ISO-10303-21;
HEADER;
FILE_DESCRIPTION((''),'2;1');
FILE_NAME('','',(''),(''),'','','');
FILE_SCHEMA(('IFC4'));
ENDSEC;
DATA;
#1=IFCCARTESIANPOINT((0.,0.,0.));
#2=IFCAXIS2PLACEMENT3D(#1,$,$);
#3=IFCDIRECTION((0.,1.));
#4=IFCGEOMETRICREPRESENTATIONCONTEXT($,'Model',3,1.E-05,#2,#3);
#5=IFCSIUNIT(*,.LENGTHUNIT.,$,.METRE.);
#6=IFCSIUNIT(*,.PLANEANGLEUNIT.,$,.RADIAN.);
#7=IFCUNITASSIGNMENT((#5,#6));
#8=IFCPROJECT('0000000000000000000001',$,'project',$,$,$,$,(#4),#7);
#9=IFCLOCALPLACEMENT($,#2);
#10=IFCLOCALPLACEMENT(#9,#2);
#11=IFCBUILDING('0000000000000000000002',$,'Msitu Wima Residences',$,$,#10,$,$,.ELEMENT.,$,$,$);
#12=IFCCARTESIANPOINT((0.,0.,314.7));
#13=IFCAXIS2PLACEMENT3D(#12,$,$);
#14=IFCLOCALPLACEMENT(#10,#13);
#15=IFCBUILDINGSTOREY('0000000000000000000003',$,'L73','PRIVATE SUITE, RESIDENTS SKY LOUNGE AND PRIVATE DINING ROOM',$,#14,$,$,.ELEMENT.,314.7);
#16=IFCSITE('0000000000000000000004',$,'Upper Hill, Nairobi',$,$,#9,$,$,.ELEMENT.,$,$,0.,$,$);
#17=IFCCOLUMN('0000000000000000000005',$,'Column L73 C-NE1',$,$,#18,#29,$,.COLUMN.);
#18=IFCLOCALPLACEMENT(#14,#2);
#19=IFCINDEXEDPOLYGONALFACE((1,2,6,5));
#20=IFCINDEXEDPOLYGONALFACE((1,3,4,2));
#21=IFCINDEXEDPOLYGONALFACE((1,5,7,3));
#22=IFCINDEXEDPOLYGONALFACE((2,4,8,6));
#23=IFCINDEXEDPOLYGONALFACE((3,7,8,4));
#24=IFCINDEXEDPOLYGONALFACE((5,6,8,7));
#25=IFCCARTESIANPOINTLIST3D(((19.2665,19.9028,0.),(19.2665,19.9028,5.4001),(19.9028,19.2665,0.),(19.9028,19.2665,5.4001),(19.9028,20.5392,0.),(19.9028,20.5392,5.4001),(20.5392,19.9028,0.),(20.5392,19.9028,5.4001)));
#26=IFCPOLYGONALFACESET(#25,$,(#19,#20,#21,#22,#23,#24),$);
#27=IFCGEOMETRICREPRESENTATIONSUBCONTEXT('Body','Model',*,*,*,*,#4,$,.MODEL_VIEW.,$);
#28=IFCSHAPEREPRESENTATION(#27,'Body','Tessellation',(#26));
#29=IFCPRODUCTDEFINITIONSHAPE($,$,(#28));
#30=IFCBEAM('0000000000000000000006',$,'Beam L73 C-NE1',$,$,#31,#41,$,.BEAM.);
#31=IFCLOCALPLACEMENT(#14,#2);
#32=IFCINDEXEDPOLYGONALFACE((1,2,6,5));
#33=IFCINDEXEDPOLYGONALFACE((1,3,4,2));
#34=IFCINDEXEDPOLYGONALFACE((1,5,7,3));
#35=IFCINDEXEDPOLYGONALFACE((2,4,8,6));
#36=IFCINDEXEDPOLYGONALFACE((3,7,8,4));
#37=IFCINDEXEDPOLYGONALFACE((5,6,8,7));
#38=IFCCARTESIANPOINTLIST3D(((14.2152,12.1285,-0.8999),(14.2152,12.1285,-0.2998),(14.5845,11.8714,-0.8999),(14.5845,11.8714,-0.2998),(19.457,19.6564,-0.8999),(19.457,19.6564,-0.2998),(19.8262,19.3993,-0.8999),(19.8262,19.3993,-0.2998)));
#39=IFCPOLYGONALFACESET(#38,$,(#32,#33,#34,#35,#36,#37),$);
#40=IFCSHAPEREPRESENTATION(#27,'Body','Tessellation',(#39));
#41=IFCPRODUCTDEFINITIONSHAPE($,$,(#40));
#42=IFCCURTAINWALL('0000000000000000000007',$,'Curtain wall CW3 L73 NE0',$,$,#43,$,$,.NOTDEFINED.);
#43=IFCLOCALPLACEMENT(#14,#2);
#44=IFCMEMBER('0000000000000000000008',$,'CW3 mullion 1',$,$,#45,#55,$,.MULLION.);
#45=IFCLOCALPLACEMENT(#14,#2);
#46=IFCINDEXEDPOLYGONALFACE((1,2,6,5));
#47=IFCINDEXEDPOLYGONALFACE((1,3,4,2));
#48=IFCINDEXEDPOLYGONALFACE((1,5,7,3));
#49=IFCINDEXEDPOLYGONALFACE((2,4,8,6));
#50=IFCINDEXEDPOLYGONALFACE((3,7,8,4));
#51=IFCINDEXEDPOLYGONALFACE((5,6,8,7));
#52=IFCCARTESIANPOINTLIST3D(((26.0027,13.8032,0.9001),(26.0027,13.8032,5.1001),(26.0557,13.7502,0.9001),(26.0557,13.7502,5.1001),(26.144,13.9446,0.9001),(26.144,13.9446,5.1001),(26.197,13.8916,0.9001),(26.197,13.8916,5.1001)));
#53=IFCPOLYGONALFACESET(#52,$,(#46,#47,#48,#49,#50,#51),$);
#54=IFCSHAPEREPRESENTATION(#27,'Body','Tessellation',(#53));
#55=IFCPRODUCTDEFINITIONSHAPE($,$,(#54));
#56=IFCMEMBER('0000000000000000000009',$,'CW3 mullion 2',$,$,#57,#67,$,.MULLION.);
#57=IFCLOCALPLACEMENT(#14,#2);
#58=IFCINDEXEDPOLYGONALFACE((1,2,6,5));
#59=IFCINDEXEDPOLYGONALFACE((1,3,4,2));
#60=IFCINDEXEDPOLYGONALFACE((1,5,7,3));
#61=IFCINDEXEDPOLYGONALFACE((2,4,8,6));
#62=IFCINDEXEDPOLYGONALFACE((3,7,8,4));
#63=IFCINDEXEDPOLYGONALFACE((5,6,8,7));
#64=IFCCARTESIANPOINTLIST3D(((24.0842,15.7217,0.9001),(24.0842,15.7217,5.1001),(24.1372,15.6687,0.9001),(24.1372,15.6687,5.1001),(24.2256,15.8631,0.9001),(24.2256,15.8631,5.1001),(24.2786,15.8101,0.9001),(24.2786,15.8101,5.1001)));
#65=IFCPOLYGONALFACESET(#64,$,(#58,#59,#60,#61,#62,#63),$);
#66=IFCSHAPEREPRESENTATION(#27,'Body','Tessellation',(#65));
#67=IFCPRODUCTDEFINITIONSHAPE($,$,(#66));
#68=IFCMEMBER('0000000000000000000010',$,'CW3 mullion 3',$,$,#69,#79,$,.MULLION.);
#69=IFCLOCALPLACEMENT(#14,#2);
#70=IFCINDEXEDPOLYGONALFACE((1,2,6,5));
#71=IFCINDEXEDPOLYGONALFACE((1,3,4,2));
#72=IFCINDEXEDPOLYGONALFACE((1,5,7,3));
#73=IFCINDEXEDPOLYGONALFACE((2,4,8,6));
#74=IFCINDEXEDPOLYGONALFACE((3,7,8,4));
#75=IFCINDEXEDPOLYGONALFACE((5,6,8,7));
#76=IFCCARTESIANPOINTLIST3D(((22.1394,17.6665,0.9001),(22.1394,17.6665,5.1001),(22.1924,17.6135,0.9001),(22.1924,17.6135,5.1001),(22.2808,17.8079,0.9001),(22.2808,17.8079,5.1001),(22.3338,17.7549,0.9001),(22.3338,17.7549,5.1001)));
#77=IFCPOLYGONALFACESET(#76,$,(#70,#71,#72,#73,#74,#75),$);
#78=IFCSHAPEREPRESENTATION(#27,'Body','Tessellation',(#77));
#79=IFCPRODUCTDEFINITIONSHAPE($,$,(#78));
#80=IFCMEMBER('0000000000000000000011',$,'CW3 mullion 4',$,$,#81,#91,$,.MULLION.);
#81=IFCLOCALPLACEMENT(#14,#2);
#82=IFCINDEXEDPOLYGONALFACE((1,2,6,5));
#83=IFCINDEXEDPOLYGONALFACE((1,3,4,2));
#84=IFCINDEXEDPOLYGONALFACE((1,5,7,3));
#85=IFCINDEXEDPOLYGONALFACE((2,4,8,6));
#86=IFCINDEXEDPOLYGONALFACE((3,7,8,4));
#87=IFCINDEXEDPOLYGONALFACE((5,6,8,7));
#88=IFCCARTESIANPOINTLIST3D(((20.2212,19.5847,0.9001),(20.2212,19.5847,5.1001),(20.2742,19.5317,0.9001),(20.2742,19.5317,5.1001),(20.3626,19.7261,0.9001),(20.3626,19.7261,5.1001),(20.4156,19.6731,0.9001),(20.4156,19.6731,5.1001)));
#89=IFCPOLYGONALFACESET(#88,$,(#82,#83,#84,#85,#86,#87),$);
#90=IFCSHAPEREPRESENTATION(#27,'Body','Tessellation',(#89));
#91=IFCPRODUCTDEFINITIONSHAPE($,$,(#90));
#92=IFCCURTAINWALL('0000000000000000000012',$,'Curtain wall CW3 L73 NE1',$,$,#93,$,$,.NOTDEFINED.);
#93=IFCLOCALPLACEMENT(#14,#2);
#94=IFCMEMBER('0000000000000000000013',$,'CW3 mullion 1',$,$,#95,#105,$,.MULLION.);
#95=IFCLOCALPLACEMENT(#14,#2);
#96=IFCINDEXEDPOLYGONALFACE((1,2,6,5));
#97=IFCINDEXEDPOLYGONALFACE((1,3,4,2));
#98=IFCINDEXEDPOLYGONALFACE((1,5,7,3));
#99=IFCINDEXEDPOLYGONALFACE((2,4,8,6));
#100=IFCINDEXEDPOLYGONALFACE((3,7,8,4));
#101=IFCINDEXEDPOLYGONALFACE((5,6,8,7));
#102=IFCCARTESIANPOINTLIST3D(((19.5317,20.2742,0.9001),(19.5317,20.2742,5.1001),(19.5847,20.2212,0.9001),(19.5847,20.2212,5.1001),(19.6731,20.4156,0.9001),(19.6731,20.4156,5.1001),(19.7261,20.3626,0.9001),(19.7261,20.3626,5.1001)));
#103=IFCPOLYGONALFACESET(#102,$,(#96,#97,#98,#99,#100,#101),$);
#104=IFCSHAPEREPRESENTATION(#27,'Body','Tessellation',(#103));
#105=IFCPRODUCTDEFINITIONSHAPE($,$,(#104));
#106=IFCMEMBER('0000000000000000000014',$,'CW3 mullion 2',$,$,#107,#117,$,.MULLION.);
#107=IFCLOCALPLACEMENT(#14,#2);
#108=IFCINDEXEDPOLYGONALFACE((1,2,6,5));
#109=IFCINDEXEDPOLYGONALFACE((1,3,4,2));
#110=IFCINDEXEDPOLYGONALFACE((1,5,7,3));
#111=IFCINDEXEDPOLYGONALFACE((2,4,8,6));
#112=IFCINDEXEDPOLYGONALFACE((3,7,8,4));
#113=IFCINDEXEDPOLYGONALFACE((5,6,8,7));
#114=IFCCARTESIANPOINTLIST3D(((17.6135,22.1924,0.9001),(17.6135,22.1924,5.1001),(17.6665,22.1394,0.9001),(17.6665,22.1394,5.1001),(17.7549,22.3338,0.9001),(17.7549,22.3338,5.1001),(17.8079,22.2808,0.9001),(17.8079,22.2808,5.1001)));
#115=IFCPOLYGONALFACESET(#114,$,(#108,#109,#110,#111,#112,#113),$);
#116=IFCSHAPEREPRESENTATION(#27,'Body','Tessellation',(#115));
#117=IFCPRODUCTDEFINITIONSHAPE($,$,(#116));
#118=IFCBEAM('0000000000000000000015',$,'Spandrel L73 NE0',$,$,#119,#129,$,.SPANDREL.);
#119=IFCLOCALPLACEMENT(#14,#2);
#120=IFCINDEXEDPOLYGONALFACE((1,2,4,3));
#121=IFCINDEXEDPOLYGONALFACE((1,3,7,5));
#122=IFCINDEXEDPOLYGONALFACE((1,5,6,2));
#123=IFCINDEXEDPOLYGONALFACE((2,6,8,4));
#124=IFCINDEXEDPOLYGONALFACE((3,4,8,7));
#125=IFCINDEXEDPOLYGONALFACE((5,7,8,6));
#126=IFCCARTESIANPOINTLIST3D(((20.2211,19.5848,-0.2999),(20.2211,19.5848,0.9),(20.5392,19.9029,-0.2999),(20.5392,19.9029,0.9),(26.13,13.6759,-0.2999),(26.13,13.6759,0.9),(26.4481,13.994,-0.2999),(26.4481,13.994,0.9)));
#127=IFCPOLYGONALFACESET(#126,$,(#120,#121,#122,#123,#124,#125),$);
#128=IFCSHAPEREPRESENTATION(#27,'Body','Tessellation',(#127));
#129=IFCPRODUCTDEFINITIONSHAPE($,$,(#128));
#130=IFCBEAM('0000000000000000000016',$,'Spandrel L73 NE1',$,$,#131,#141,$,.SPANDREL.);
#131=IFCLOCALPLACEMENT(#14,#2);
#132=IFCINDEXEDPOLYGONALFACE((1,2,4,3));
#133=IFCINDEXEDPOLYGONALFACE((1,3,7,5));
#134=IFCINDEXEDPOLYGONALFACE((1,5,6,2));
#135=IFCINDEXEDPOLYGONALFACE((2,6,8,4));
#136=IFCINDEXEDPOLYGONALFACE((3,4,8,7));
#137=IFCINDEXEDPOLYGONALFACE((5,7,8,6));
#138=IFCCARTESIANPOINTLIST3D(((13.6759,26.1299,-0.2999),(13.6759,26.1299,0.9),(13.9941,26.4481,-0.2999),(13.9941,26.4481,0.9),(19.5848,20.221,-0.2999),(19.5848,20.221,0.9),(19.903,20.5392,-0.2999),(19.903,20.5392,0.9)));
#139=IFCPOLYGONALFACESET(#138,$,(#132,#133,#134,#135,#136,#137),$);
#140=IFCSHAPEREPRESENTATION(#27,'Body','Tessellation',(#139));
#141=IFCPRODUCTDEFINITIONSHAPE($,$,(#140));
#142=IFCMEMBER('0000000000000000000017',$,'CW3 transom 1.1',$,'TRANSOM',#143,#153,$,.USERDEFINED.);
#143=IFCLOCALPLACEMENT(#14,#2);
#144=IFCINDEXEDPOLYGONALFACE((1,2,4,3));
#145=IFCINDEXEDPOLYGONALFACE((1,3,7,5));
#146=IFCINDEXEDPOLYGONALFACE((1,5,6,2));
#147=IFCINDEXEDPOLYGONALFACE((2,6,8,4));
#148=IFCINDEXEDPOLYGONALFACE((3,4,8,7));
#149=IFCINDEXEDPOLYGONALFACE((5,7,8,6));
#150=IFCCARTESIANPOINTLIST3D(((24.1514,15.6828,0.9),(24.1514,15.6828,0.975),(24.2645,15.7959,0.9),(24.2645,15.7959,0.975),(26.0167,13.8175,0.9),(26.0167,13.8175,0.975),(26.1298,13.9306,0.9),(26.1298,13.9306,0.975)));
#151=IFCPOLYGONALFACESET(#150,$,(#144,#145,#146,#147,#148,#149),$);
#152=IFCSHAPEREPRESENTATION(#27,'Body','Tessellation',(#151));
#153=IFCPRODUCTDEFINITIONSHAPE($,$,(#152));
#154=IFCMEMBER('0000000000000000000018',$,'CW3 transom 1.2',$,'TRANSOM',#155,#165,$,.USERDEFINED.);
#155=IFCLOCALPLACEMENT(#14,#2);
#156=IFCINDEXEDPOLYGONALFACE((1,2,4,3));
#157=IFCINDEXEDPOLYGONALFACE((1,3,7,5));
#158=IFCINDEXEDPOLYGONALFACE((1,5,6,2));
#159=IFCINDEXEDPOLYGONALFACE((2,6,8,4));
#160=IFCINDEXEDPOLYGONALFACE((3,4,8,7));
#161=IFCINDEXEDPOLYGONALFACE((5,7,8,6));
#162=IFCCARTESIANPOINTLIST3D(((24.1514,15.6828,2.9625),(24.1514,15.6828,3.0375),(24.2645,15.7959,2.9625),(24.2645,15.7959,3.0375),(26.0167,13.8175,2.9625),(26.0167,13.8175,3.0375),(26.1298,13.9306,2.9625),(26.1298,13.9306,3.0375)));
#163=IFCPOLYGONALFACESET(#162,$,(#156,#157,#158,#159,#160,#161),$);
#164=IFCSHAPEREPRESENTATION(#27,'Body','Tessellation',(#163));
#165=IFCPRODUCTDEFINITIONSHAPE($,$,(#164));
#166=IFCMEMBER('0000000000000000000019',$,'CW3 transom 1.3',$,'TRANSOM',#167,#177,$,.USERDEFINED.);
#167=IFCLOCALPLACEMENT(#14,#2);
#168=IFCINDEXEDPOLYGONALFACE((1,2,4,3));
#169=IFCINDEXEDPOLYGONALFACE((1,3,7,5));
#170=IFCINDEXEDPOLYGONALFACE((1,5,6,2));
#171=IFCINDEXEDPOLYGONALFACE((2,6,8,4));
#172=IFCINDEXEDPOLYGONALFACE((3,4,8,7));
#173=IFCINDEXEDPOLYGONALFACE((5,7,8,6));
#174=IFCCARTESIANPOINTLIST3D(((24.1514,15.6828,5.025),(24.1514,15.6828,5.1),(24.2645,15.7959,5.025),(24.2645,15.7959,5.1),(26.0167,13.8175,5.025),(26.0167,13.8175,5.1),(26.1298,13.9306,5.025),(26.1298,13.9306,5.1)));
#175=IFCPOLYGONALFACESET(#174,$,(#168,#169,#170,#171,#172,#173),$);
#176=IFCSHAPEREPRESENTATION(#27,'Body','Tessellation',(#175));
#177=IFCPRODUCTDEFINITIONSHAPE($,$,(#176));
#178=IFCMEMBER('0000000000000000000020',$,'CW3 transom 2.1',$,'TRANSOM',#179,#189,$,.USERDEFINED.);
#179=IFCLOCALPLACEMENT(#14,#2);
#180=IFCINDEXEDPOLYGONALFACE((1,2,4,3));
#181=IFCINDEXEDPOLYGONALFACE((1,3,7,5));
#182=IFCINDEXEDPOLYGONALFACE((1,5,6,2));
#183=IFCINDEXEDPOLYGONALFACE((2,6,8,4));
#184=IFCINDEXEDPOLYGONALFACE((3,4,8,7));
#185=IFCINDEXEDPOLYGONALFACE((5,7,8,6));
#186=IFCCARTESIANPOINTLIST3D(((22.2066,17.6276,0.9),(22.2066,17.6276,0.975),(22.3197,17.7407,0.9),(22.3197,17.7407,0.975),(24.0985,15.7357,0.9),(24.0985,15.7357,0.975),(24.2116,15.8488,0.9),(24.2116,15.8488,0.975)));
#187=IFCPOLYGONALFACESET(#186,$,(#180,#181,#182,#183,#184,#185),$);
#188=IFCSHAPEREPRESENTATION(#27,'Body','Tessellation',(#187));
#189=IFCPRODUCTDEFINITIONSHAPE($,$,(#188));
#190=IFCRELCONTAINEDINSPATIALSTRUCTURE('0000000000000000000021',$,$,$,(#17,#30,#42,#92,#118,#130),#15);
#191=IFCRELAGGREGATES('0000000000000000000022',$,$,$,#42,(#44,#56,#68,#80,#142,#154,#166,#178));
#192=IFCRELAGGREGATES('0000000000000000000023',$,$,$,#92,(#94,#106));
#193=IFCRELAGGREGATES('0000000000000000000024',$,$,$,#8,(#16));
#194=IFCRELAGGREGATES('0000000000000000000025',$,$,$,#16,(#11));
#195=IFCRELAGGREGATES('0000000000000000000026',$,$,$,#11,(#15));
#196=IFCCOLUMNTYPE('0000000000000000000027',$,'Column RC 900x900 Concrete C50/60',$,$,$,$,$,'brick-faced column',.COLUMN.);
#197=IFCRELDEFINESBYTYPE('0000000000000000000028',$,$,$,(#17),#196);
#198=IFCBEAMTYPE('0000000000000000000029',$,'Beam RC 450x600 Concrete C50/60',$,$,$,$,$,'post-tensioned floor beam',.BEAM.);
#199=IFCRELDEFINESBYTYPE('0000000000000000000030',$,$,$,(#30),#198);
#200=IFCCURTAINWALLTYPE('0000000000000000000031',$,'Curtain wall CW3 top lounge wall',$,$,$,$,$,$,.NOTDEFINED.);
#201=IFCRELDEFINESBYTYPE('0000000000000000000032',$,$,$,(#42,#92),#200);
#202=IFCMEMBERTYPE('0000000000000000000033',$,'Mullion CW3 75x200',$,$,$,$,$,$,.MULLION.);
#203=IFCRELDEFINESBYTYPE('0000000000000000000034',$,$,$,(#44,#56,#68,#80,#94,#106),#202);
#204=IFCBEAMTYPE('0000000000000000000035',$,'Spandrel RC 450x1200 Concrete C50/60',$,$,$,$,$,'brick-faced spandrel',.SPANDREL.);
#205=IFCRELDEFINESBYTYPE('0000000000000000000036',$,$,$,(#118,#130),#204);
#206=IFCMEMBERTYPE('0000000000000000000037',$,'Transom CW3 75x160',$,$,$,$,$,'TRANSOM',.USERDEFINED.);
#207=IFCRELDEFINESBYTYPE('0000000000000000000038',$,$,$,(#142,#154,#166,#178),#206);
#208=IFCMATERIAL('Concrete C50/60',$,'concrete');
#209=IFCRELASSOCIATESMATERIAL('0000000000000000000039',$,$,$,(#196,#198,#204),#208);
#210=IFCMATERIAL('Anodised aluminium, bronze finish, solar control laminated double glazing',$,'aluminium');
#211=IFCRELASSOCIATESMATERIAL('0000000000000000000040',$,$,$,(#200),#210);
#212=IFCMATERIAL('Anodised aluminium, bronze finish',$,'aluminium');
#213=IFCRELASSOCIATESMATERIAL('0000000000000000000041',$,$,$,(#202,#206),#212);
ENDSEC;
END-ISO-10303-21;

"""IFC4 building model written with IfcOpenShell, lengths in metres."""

from ifc_helpers import new_model, si_unit, direction, frame, origin, origin_2d, place, context, subcontext, project, spatial, rectangle, extrude, material, material_profile, profile_set, type_object, element, aggregate, save


model = new_model("IFC4")

# Units and contexts
model_context = context("Model", 3, precision=1e-05, world=origin(), true_north=direction((0.0, 1.0)))
body_context = subcontext(model_context, "Body", "Model", "MODEL_VIEW")
ifc_project = project(units=[si_unit("LENGTHUNIT", "METRE"), si_unit("PLANEANGLEUNIT", "RADIAN")], contexts=[model_context])

# Site, building, storey
site_placement = place(None, origin())
site = spatial("IfcSite", under=ifc_project, at=site_placement, Name="Upper Hill, Nairobi", CompositionType="ELEMENT", RefElevation=0.0)
building_placement = place(site_placement, origin())
building = spatial("IfcBuilding", under=site, at=building_placement, Name="Msitu Wima Residences", CompositionType="ELEMENT")
storey_placement = place(building_placement, frame((0.0, 0.0, 314.7)))
storey = spatial("IfcBuildingStorey", under=building, at=storey_placement, Name="L73", Description="PRIVATE SUITE, RESIDENTS SKY LOUNGE AND PRIVATE DINING ROOM", CompositionType="ELEMENT", Elevation=314.7)

# Column
ifc_material_1 = material(Name="Concrete C50/60", Category="concrete")
ifc_material_profile_1 = material_profile(ifc_material_1, rectangle(XDim=0.8999, YDim=0.8999, at=origin_2d()), Name="RC 900x900")
ifc_profile_set_1 = profile_set([ifc_material_profile_1], Name="Concrete C50/60")
column_type = type_object("IfcColumnType", Name="Column RC 900x900 Concrete C50/60", ElementType="brick-faced column", PredefinedType="COLUMN", material=ifc_profile_set_1)
column_placement = place(storey_placement, frame((19.9028, 19.9028, 0.0), z_axis=(0.0, 0.0, 1.0), x_axis=(-0.707107, 0.707107, 0.0)))
element("IfcColumn", 1, at=column_placement, inside=storey, type_object=column_type, Name="Column L73 C-NE1", PredefinedType="COLUMN", context=body_context, shape_type="SweptSolid", body=[
    extrude(rectangle(XDim=0.8999, YDim=0.8999, at=origin_2d()), origin(), (0.0, 0.0, 1.0), 5.4001),
])

# Beam
ifc_material_profile_2 = material_profile(ifc_material_1, rectangle(XDim=0.45, YDim=0.6001, at=origin_2d()), Name="RC 450x600")
ifc_profile_set_2 = profile_set([ifc_material_profile_2], Name="Concrete C50/60")
beam_type_1 = type_object("IfcBeamType", Name="Beam RC 450x600 Concrete C50/60", ElementType="post-tensioned floor beam", PredefinedType="BEAM", material=ifc_profile_set_2)
beam_placement = place(storey_placement, frame((19.6416, 19.5278, -0.5999), z_axis=(-0.571428, -0.820652, 0.0), x_axis=(0.820652, -0.571428, 0.0)))
element("IfcBeam", 2, at=beam_placement, inside=storey, type_object=beam_type_1, Name="Beam L73 C-NE1", PredefinedType="BEAM", context=body_context, shape_type="SweptSolid", body=[
    extrude(rectangle(XDim=0.45, YDim=0.6001, at=origin_2d()), origin(), (0.0, 0.0, 1.0), 9.1731),
])

# Curtain walls, members
ifc_material_2 = material(Name="Anodised aluminium, bronze finish, solar control laminated double glazing", Category="aluminium")
curtain_wall_type = type_object("IfcCurtainWallType", Name="Curtain wall CW3 top lounge wall", PredefinedType="NOTDEFINED", material=ifc_material_2)
curtain_wall_1_placement = place(storey_placement, origin())
curtain_wall_1 = element("IfcCurtainWall", 3, at=curtain_wall_1_placement, inside=storey, type_object=curtain_wall_type, Name="Curtain wall CW3 L73 NE0", PredefinedType="NOTDEFINED")
ifc_material_3 = material(Name="Anodised aluminium, bronze finish", Category="aluminium")
ifc_material_profile_3 = material_profile(ifc_material_3, rectangle(XDim=0.2, YDim=0.075, at=origin_2d()), Name="Mullion 75x200")
ifc_profile_set_3 = profile_set([ifc_material_profile_3], Name="Anodised aluminium, bronze finish")
member_type_1 = type_object("IfcMemberType", Name="Mullion CW3 75x200", PredefinedType="MULLION", material=ifc_profile_set_3)
member_1_placement = place(storey_placement, frame((26.0999, 13.8474, 0.9001), z_axis=(0.0, 0.0, 1.0), x_axis=(-0.707107, -0.707107, 0.0)))
member_1 = element("IfcMember", 4, at=member_1_placement, type_object=member_type_1, Name="CW3 mullion 1", PredefinedType="MULLION", context=body_context, shape_type="SweptSolid", body=[
    extrude(rectangle(XDim=0.2, YDim=0.075, at=origin_2d()), origin(), (0.0, 0.0, 1.0), 4.2),
])
member_2_placement = place(storey_placement, frame((24.1814, 15.7659, 0.9001), z_axis=(0.0, 0.0, 1.0), x_axis=(-0.707107, -0.707107, 0.0)))
member_2 = element("IfcMember", 5, at=member_2_placement, type_object=member_type_1, Name="CW3 mullion 2", PredefinedType="MULLION", context=body_context, shape_type="SweptSolid", body=[
    extrude(rectangle(XDim=0.2, YDim=0.075, at=origin_2d()), origin(), (0.0, 0.0, 1.0), 4.2),
])
member_3_placement = place(storey_placement, frame((22.2366, 17.7107, 0.9001), z_axis=(0.0, 0.0, 1.0), x_axis=(-0.707107, -0.707107, 0.0)))
member_3 = element("IfcMember", 6, at=member_3_placement, type_object=member_type_1, Name="CW3 mullion 3", PredefinedType="MULLION", context=body_context, shape_type="SweptSolid", body=[
    extrude(rectangle(XDim=0.2, YDim=0.075, at=origin_2d()), origin(), (0.0, 0.0, 1.0), 4.2),
])
member_4_placement = place(storey_placement, frame((20.3184, 19.6289, 0.9001), z_axis=(0.0, 0.0, 1.0), x_axis=(-0.707107, -0.707107, 0.0)))
member_4 = element("IfcMember", 7, at=member_4_placement, type_object=member_type_1, Name="CW3 mullion 4", PredefinedType="MULLION", context=body_context, shape_type="SweptSolid", body=[
    extrude(rectangle(XDim=0.2, YDim=0.075, at=origin_2d()), origin(), (0.0, 0.0, 1.0), 4.2),
])
curtain_wall_2_placement = place(storey_placement, origin())
curtain_wall_2 = element("IfcCurtainWall", 8, at=curtain_wall_2_placement, inside=storey, type_object=curtain_wall_type, Name="Curtain wall CW3 L73 NE1", PredefinedType="NOTDEFINED")
member_5_placement = place(storey_placement, frame((19.6289, 20.3184, 0.9001), z_axis=(0.0, 0.0, 1.0), x_axis=(-0.707107, -0.707107, 0.0)))
member_5 = element("IfcMember", 9, at=member_5_placement, type_object=member_type_1, Name="CW3 mullion 1", PredefinedType="MULLION", context=body_context, shape_type="SweptSolid", body=[
    extrude(rectangle(XDim=0.2, YDim=0.075, at=origin_2d()), origin(), (0.0, 0.0, 1.0), 4.2),
])
member_6_placement = place(storey_placement, frame((17.7107, 22.2366, 0.9001), z_axis=(0.0, 0.0, 1.0), x_axis=(-0.707107, -0.707107, 0.0)))
member_6 = element("IfcMember", 10, at=member_6_placement, type_object=member_type_1, Name="CW3 mullion 2", PredefinedType="MULLION", context=body_context, shape_type="SweptSolid", body=[
    extrude(rectangle(XDim=0.2, YDim=0.075, at=origin_2d()), origin(), (0.0, 0.0, 1.0), 4.2),
])

# Beams
ifc_material_profile_4 = material_profile(ifc_material_1, rectangle(XDim=0.45, YDim=1.2, at=origin_2d()), Name="RC 450x1200")
ifc_profile_set_4 = profile_set([ifc_material_profile_4], Name="Concrete C50/60")
beam_type_2 = type_object("IfcBeamType", Name="Spandrel RC 450x1200 Concrete C50/60", ElementType="brick-faced spandrel", PredefinedType="SPANDREL", material=ifc_profile_set_4)
for number, where, z_axis, x_axis, name in (
    (11, (26.2891, 13.835, 0.3), (-0.707107, 0.707107, 0.0), (-0.707107, -0.707107, 0.0), "Spandrel L73 NE0"),
    (12, (19.7439, 20.3801, 0.3), (-0.707107, 0.707107, 0.0), (-0.707107, -0.707107, 0.0), "Spandrel L73 NE1"),
):
    element("IfcBeam", number, at=place(storey_placement, frame(where, z_axis=z_axis, x_axis=x_axis)), inside=storey, type_object=beam_type_2, Name=name, PredefinedType="SPANDREL", context=body_context, shape_type="SweptSolid", body=[
        extrude(rectangle(XDim=0.45, YDim=1.2, at=origin_2d()), origin(), (0.0, 0.0, 1.0), 8.3564),
    ])

# Members
ifc_material_profile_5 = material_profile(ifc_material_3, rectangle(XDim=0.1599, YDim=0.075, at=origin_2d()), Name="Transom 75x160")
ifc_profile_set_5 = profile_set([ifc_material_profile_5], Name="Anodised aluminium, bronze finish")
member_type_2 = type_object("IfcMemberType", Name="Transom CW3 75x160", ElementType="TRANSOM", PredefinedType="USERDEFINED", material=ifc_profile_set_5)
member_7_placement = place(storey_placement, frame((26.0732, 13.874, 0.9375), z_axis=(-0.707107, 0.707107, 0.0), x_axis=(-0.707107, -0.707107, 0.0)))
member_7 = element("IfcMember", 13, at=member_7_placement, type_object=member_type_2, Name="CW3 transom 1.1", ObjectType="TRANSOM", PredefinedType="USERDEFINED", context=body_context, shape_type="SweptSolid", body=[
    extrude(rectangle(XDim=0.1599, YDim=0.075, at=origin_2d()), origin(), (0.0, 0.0, 1.0), 2.6379),
])
member_8_placement = place(storey_placement, frame((26.0732, 13.874, 3.0), z_axis=(-0.707107, 0.707107, 0.0), x_axis=(-0.707107, -0.707107, 0.0)))
member_8 = element("IfcMember", 14, at=member_8_placement, type_object=member_type_2, Name="CW3 transom 1.2", ObjectType="TRANSOM", PredefinedType="USERDEFINED", context=body_context, shape_type="SweptSolid", body=[
    extrude(rectangle(XDim=0.1599, YDim=0.075, at=origin_2d()), origin(), (0.0, 0.0, 1.0), 2.6379),
])
member_9_placement = place(storey_placement, frame((26.0732, 13.874, 5.0625), z_axis=(-0.707107, 0.707107, 0.0), x_axis=(-0.707107, -0.707107, 0.0)))
member_9 = element("IfcMember", 15, at=member_9_placement, type_object=member_type_2, Name="CW3 transom 1.3", ObjectType="TRANSOM", PredefinedType="USERDEFINED", context=body_context, shape_type="SweptSolid", body=[
    extrude(rectangle(XDim=0.1599, YDim=0.075, at=origin_2d()), origin(), (0.0, 0.0, 1.0), 2.6379),
])
member_10_placement = place(storey_placement, frame((24.155, 15.7922, 0.9375), z_axis=(-0.707107, 0.707107, 0.0), x_axis=(-0.707107, -0.707107, 0.0)))
member_10 = element("IfcMember", 16, at=member_10_placement, type_object=member_type_2, Name="CW3 transom 2.1", ObjectType="TRANSOM", PredefinedType="USERDEFINED", context=body_context, shape_type="SweptSolid", body=[
    extrude(rectangle(XDim=0.1599, YDim=0.075, at=origin_2d()), origin(), (0.0, 0.0, 1.0), 2.6755),
])

aggregate(curtain_wall_1, [member_1, member_2, member_3, member_4, member_7, member_8, member_9, member_10])
aggregate(curtain_wall_2, [member_5, member_6])

save(model, "model.ifc")
